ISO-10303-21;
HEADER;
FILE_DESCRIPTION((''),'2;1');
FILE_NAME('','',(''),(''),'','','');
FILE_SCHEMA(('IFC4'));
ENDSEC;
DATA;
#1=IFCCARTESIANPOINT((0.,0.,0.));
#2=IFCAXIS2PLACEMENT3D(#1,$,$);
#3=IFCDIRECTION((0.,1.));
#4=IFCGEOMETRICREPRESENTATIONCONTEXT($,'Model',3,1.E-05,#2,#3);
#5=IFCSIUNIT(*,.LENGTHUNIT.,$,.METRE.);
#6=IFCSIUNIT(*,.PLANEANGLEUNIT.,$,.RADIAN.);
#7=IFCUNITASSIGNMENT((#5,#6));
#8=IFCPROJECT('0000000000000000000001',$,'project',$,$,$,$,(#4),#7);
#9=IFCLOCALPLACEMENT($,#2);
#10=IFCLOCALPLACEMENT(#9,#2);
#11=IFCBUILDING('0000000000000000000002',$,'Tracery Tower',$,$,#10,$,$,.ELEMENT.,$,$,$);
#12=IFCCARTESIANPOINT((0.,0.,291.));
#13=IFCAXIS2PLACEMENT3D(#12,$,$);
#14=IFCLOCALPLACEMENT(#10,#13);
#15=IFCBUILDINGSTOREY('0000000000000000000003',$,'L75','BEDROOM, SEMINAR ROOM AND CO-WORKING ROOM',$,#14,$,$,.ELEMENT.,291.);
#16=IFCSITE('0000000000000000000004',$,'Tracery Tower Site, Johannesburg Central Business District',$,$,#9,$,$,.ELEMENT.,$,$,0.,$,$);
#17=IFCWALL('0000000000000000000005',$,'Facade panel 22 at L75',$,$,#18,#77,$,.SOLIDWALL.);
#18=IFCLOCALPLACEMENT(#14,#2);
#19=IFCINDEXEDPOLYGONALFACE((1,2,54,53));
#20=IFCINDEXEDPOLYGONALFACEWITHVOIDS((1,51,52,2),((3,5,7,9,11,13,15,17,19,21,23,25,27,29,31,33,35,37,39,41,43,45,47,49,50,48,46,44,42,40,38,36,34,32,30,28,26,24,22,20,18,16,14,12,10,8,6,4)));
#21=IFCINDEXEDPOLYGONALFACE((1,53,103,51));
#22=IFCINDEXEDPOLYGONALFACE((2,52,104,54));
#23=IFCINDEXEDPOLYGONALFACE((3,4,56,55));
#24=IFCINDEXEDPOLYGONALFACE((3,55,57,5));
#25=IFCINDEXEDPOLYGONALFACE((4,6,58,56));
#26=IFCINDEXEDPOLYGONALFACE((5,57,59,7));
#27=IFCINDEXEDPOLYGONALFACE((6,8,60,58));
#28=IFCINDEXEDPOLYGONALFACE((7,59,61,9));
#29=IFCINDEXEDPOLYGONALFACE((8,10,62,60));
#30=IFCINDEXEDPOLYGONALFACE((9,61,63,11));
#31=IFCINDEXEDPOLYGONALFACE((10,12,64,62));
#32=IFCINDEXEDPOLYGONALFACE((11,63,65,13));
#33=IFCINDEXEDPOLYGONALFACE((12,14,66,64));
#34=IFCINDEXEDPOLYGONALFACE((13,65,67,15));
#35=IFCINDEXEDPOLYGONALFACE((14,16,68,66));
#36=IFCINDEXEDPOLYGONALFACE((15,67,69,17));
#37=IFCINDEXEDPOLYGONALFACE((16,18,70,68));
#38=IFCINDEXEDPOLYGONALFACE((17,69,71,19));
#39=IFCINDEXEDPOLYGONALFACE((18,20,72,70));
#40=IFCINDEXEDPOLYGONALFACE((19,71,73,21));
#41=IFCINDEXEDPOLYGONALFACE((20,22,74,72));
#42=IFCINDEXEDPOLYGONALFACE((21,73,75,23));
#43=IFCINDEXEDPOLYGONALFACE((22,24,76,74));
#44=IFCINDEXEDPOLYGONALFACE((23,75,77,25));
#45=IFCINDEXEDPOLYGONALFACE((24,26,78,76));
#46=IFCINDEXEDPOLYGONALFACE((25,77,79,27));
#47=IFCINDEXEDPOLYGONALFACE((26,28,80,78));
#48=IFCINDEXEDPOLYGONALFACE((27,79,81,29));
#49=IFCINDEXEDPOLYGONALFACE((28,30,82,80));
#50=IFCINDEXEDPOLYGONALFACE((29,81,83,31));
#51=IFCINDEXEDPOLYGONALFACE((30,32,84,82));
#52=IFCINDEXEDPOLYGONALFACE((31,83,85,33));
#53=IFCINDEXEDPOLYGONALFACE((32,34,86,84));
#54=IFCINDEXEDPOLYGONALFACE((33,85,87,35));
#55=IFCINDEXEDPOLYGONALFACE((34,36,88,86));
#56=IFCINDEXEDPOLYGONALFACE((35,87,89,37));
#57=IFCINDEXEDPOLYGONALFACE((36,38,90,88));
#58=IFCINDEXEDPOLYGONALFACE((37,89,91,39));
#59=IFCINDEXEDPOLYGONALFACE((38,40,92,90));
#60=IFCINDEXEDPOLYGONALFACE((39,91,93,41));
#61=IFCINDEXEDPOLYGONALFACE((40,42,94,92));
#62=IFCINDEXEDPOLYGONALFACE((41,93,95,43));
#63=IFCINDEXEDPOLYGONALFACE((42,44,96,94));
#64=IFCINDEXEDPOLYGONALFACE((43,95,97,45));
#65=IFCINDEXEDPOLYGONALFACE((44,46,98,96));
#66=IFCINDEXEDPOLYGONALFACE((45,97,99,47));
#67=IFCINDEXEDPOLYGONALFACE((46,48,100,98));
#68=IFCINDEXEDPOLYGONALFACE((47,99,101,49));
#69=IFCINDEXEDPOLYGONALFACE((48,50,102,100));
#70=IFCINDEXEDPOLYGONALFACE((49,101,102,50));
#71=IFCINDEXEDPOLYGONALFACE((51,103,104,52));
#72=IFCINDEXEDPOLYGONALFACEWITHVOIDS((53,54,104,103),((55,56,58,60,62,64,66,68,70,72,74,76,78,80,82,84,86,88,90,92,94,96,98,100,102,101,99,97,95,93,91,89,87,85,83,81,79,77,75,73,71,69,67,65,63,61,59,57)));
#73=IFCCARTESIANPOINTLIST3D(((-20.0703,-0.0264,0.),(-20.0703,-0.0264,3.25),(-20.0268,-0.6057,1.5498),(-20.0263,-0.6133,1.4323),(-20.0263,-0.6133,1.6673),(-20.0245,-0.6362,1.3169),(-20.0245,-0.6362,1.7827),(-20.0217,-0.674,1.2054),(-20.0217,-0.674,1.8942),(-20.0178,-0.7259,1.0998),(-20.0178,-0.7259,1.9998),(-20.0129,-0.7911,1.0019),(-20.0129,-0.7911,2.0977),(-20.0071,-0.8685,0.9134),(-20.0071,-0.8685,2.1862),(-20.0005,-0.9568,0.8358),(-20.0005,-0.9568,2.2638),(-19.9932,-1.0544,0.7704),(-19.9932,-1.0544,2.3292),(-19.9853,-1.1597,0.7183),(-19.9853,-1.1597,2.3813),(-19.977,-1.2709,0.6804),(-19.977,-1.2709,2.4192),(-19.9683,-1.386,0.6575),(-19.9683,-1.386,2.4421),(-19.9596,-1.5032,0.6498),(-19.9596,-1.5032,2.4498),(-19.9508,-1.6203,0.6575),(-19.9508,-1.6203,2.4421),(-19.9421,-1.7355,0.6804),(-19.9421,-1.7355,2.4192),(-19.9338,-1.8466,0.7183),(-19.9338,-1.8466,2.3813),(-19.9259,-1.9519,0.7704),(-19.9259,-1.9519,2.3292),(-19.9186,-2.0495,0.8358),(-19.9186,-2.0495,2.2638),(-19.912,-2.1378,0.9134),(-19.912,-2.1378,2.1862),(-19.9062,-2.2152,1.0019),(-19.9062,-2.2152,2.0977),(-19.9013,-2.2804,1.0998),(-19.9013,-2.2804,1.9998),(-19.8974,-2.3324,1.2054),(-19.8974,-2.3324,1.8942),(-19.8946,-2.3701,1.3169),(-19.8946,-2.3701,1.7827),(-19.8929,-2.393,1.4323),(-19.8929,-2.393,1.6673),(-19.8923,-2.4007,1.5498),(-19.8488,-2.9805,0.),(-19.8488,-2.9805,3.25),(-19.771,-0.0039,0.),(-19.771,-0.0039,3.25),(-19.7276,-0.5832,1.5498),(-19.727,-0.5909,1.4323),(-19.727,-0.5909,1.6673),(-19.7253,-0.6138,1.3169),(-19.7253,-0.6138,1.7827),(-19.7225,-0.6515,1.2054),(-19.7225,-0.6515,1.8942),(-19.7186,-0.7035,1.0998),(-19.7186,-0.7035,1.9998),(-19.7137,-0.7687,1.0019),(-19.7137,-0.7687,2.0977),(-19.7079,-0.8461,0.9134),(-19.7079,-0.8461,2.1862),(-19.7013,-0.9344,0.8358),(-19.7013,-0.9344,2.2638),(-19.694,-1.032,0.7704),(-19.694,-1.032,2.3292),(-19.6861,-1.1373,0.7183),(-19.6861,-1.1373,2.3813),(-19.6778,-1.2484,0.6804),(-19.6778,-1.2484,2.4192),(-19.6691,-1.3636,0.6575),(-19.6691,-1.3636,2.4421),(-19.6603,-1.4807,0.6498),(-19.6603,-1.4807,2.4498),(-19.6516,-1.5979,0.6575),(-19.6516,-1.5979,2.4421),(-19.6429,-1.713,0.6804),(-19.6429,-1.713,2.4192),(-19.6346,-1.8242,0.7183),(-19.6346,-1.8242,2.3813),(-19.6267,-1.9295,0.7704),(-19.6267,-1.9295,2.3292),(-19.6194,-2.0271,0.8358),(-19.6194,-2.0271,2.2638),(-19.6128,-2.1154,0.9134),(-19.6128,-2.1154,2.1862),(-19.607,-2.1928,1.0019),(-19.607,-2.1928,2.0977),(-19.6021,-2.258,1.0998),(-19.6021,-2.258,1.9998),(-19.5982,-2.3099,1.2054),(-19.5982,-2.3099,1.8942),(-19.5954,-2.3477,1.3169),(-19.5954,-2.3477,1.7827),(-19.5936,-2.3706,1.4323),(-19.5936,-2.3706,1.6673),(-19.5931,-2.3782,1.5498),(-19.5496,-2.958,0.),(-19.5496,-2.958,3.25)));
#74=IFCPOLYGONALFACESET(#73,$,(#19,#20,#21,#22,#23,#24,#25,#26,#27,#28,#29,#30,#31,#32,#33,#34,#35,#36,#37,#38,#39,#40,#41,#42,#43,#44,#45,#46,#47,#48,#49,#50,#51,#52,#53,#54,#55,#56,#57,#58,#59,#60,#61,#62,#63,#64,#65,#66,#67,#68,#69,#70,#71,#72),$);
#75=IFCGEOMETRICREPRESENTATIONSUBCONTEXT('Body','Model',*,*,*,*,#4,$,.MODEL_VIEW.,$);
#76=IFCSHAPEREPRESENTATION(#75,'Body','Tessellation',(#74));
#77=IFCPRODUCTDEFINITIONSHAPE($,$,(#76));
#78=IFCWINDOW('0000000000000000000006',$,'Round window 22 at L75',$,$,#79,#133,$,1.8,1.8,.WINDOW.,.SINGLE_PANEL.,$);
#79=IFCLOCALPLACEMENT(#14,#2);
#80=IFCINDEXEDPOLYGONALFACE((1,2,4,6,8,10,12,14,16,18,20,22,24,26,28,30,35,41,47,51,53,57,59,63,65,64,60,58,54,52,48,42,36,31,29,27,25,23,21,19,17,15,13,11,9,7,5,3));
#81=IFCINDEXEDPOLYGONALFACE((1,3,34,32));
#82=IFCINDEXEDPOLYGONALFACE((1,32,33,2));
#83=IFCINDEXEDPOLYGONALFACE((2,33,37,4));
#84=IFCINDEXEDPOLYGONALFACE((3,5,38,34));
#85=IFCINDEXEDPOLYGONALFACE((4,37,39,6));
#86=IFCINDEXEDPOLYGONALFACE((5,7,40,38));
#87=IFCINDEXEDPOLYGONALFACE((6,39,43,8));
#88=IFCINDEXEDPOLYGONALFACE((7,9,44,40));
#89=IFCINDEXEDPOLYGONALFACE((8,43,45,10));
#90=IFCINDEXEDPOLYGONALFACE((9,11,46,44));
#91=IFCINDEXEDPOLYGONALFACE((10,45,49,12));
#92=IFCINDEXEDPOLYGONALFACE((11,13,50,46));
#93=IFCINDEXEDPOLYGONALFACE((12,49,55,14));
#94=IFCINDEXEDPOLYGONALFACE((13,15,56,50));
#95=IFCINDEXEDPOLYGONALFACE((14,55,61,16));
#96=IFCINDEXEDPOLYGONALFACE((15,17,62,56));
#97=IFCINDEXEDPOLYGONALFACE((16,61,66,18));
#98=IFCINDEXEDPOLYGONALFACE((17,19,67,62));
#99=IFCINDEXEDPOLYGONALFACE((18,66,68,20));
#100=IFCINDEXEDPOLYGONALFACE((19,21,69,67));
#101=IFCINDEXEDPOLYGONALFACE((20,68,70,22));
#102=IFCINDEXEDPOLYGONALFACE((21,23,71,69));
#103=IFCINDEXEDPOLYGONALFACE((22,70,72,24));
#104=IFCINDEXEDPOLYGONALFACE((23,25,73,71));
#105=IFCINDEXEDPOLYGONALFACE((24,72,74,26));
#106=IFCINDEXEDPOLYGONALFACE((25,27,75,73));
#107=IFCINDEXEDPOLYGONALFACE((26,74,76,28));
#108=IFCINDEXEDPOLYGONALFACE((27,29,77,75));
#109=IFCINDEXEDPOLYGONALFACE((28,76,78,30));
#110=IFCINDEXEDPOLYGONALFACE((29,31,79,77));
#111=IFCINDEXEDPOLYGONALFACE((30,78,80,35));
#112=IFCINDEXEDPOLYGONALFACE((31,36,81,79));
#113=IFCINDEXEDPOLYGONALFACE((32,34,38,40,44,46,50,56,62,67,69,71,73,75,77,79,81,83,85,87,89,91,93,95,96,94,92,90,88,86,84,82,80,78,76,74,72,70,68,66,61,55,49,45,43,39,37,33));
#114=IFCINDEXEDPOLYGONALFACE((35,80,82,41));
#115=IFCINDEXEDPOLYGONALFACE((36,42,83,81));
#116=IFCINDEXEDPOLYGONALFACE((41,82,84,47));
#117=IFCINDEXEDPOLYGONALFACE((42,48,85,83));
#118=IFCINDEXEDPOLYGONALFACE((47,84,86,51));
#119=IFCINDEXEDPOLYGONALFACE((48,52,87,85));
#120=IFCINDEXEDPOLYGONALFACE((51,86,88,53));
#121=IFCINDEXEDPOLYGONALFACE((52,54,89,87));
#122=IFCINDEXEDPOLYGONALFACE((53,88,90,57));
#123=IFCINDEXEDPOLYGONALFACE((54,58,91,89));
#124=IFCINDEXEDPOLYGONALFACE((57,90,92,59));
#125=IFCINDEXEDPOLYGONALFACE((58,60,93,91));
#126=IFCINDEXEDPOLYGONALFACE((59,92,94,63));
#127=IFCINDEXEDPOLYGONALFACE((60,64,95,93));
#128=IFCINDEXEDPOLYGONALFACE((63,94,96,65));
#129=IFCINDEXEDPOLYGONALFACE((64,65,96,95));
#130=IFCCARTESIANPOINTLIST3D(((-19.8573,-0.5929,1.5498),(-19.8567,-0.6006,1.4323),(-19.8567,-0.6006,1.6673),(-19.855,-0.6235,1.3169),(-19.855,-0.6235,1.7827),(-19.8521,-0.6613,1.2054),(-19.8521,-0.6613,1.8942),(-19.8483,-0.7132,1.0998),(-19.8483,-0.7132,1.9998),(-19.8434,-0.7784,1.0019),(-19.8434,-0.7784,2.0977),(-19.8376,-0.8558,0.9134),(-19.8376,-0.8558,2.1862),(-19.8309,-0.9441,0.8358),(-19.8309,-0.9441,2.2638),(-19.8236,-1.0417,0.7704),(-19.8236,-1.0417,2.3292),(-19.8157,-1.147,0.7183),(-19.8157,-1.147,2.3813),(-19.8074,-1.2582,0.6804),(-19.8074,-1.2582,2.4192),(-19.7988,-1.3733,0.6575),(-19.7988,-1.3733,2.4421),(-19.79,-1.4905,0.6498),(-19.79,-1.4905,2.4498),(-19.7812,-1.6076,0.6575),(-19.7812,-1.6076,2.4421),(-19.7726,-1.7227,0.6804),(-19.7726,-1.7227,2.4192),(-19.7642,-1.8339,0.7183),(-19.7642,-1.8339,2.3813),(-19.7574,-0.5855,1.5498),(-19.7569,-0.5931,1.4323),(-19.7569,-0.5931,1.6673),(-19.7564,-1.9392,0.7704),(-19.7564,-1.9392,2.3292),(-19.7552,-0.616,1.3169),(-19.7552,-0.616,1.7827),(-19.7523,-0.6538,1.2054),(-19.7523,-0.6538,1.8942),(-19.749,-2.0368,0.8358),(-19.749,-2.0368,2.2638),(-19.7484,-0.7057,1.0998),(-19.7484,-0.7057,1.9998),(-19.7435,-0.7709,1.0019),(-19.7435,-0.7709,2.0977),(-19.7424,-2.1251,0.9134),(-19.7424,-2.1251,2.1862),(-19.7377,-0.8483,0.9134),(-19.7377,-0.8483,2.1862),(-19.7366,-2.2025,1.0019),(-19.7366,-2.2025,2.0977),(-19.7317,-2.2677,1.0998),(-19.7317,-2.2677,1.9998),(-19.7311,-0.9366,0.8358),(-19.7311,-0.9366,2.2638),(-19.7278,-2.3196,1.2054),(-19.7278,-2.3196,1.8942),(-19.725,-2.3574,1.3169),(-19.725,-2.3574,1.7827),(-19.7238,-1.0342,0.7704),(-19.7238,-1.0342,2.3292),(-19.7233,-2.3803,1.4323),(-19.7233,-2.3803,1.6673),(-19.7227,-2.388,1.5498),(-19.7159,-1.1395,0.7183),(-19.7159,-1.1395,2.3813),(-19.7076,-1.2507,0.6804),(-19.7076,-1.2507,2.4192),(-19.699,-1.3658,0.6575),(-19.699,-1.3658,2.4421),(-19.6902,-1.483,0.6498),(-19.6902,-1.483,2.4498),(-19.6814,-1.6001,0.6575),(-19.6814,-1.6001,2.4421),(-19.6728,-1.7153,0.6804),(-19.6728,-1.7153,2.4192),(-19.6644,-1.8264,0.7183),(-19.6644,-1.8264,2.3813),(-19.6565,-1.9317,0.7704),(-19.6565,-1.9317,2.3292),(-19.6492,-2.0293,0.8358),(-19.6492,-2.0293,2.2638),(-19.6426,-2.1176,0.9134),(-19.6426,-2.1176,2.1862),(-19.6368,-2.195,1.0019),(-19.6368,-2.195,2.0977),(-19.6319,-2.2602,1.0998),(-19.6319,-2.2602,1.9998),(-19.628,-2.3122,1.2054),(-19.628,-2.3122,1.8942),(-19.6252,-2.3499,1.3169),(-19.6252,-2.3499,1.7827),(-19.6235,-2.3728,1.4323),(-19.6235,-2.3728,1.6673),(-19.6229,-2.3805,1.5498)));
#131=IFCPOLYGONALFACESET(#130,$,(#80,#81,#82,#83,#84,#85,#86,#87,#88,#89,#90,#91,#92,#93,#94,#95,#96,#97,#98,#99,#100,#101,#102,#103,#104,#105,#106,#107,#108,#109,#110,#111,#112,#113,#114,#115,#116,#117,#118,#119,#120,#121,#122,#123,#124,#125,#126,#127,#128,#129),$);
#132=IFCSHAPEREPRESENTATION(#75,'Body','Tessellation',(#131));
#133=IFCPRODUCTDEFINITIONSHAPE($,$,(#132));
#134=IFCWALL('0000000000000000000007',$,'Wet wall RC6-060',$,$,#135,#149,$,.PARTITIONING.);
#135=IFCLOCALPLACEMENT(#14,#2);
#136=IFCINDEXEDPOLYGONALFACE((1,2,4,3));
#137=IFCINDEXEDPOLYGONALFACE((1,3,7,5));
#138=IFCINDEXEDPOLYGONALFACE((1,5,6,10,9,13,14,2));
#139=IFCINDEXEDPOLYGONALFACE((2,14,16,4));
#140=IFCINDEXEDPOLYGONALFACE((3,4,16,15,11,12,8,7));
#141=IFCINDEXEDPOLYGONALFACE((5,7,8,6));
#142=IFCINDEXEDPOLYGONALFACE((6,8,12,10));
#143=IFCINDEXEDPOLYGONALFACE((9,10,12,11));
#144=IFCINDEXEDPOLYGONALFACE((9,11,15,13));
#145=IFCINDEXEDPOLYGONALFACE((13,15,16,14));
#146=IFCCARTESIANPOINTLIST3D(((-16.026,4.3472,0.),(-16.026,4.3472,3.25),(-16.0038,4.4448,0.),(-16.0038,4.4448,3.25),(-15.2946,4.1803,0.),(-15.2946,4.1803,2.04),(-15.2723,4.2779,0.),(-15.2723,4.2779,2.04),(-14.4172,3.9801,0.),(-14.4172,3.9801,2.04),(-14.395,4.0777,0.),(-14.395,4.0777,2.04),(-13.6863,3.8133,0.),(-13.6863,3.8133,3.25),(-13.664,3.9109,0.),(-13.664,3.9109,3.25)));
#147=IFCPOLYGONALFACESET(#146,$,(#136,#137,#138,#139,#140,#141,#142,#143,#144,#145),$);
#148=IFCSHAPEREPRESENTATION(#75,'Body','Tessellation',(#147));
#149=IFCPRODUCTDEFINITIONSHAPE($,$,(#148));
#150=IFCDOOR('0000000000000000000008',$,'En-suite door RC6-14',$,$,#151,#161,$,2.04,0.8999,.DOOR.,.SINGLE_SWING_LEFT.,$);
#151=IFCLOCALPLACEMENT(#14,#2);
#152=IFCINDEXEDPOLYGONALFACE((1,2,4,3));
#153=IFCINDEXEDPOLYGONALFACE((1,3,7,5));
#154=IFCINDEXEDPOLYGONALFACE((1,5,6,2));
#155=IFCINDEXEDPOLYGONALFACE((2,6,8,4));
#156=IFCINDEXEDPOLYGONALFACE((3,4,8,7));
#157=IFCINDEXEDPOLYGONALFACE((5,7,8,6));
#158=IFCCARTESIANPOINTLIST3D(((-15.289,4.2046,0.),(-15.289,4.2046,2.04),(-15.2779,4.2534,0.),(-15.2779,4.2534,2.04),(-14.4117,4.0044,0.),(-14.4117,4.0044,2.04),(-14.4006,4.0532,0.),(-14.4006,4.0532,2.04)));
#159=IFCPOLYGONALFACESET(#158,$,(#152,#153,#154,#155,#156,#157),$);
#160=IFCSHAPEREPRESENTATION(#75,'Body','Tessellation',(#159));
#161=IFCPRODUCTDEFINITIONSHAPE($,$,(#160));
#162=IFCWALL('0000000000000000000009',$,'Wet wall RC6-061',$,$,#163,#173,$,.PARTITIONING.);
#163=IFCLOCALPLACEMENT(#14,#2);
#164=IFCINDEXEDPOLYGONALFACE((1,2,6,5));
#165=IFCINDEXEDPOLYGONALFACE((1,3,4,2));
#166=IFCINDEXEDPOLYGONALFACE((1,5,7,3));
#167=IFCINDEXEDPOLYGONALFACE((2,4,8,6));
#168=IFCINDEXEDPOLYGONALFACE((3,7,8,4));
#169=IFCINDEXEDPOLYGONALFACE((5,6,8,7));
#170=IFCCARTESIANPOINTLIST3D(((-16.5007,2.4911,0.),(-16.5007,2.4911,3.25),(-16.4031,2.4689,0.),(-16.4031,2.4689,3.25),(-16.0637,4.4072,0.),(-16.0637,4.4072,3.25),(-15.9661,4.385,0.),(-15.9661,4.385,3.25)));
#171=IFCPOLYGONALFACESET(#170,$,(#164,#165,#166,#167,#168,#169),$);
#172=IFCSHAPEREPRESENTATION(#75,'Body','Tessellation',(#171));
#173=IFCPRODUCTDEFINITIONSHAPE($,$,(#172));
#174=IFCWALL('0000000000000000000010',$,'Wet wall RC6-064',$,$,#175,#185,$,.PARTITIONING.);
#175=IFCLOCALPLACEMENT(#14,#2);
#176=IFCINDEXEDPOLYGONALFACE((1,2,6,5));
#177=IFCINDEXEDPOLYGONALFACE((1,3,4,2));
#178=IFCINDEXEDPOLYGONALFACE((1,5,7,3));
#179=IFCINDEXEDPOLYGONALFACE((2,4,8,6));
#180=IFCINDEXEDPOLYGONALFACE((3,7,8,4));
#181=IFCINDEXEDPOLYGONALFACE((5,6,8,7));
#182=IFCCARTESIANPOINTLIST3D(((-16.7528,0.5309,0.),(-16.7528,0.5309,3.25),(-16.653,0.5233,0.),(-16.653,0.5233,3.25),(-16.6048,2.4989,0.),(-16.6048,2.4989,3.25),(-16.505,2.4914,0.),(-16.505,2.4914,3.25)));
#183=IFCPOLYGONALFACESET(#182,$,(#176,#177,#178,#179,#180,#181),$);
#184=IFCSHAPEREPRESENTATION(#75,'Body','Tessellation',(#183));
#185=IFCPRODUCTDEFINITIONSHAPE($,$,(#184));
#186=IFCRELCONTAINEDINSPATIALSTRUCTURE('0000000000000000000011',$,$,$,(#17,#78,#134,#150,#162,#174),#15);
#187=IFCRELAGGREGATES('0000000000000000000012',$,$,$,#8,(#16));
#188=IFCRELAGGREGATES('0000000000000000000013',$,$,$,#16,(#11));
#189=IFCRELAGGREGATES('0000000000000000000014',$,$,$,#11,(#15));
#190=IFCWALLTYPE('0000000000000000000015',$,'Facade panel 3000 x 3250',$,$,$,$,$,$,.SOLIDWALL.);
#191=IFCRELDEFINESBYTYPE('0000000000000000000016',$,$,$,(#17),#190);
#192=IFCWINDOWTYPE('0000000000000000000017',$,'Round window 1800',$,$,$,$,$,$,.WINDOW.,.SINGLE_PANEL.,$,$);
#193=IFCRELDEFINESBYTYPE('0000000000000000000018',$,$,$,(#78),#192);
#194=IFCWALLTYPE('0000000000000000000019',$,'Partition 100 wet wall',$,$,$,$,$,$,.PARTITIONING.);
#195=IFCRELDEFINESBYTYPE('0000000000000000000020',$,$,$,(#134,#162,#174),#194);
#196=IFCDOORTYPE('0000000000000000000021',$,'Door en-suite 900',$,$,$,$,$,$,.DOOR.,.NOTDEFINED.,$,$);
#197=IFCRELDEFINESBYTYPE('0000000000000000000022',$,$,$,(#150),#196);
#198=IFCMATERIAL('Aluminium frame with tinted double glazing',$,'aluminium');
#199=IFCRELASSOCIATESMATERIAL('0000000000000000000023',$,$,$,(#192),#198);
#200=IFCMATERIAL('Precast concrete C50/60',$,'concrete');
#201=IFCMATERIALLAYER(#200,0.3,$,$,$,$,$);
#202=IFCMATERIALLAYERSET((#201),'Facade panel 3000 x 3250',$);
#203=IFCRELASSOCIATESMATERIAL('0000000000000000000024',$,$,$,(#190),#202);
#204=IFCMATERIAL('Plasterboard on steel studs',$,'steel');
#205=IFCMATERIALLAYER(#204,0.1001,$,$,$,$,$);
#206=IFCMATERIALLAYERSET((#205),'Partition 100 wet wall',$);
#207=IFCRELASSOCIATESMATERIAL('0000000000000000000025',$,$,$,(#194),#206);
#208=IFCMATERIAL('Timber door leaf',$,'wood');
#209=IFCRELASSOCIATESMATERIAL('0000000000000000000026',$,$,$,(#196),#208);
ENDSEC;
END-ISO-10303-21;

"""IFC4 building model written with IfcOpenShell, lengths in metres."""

from ifc_helpers import new_model, si_unit, direction, frame, frame_2d, origin, origin_2d, place, context, subcontext, project, spatial, rectangle, circle, extrude, material, layer, layer_set, type_object, element, fill, save


model = new_model("IFC4")

# Units and contexts
model_context = context("Model", 3, precision=1e-05, world=origin(), true_north=direction((0.0, 1.0)))
body_context = subcontext(model_context, "Body", "Model", "MODEL_VIEW")
ifc_project = project(units=[si_unit("LENGTHUNIT", "METRE"), si_unit("PLANEANGLEUNIT", "RADIAN")], contexts=[model_context])

# Site, building, storey
site_placement = place(None, origin())
site = spatial("IfcSite", under=ifc_project, at=site_placement, Name="Tracery Tower Site, Johannesburg Central Business District", CompositionType="ELEMENT", RefElevation=0.0)
building_placement = place(site_placement, origin())
building = spatial("IfcBuilding", under=site, at=building_placement, Name="Tracery Tower", CompositionType="ELEMENT")
storey_placement = place(building_placement, frame((0.0, 0.0, 291.0)))
storey = spatial("IfcBuildingStorey", under=building, at=storey_placement, Name="L75", Description="BEDROOM, SEMINAR ROOM AND CO-WORKING ROOM", CompositionType="ELEMENT", Elevation=291.0)

# Wall, opening, window
ifc_material_1 = material(Name="Aluminium frame with tinted double glazing", Category="aluminium")
window_type = type_object("IfcWindowType", Name="Round window 1800", PartitioningType="SINGLE_PANEL", PredefinedType="WINDOW", material=ifc_material_1)
ifc_material_2 = material(Name="Precast concrete C50/60", Category="concrete")
ifc_layer_1 = layer(ifc_material_2, 0.3)
ifc_layer_set_1 = layer_set([ifc_layer_1], Name="Facade panel 3000 x 3250")
wall_type_1 = type_object("IfcWallType", Name="Facade panel 3000 x 3250", PredefinedType="SOLIDWALL", material=ifc_layer_set_1)
wall_1_placement = place(storey_placement, frame((-19.9207, -0.0151, 0.0), z_axis=(0.0, 0.0, 1.0), x_axis=(0.074749, -0.997202, 0.0)))
wall_1 = element("IfcWall", 1, at=wall_1_placement, inside=storey, type_object=wall_type_1, Name="Facade panel 22 at L75", PredefinedType="SOLIDWALL", context=body_context, shape_type="SweptSolid", body=[
    extrude(rectangle(XDim=2.9624, YDim=0.3, at=frame_2d((1.4812, 0.0))), origin(), (0.0, 0.0, 1.0), 3.25),
])
opening_1_placement = place(wall_1_placement, frame((1.481, 0.0, 1.5498)))
opening_1 = element("IfcOpeningElement", 2, at=opening_1_placement, cuts=wall_1, PredefinedType="OPENING", context=body_context, shape_type="SweptSolid", body=[
    extrude(circle(Radius=0.9, at=origin_2d()), frame((0.0, 0.1599, 0.0), z_axis=(0.0, -1.0, 0.0), x_axis=(1.0, 0.0, 0.0)), (0.0, 0.0, 1.0), 0.3201),
])
window_1_placement = place(opening_1_placement, origin())
window_1 = element("IfcWindow", 3, at=window_1_placement, inside=storey, type_object=window_type, Name="Round window 22 at L75", OverallHeight=1.8, OverallWidth=1.8, PartitioningType="SINGLE_PANEL", PredefinedType="WINDOW", context=body_context, shape_type="SweptSolid", body=[
    extrude(circle(Radius=0.9, at=origin_2d()), frame((0.0, 0.1201, 0.0), z_axis=(0.0, -1.0, 0.0), x_axis=(1.0, 0.0, 0.0)), (0.0, 0.0, 1.0), 0.1001),
])
fill(opening_1, window_1)

# Wall, opening, door
ifc_material_3 = material(Name="Plasterboard on steel studs", Category="steel")
ifc_layer_2 = layer(ifc_material_3, 0.1001)
ifc_layer_set_2 = layer_set([ifc_layer_2], Name="Partition 100 wet wall")
wall_type_2 = type_object("IfcWallType", Name="Partition 100 wet wall", PredefinedType="PARTITIONING", material=ifc_layer_set_2)
wall_2_placement = place(storey_placement, frame((-16.0149, 4.396, 0.0), z_axis=(0.0, 0.0, 1.0), x_axis=(0.974939, -0.222474, 0.0)))
wall_2 = element("IfcWall", 4, at=wall_2_placement, inside=storey, type_object=wall_type_2, Name="Wet wall RC6-060", PredefinedType="PARTITIONING", context=body_context, shape_type="SweptSolid", body=[
    extrude(rectangle(XDim=2.3999, YDim=0.1001, at=frame_2d((1.2, 0.0))), origin(), (0.0, 0.0, 1.0), 3.25),
])
opening_2_placement = place(wall_2_placement, frame((0.7502, 0.0, 0.0)))
opening_2 = element("IfcOpeningElement", 5, at=opening_2_placement, cuts=wall_2, PredefinedType="OPENING", context=body_context, shape_type="SweptSolid", body=[
    extrude(rectangle(XDim=0.8999, YDim=2.04, at=frame_2d((0.45, 1.02))), frame((0.0, 0.05, 0.0), z_axis=(0.0, -1.0, 0.0), x_axis=(1.0, 0.0, 0.0)), (0.0, 0.0, 1.0), 0.1001),
])
ifc_material_4 = material(Name="Timber door leaf", Category="wood")
door_type = type_object("IfcDoorType", Name="Door en-suite 900", OperationType="NOTDEFINED", PredefinedType="DOOR", material=ifc_material_4)
door_1_placement = place(opening_2_placement, origin())
door_1 = element("IfcDoor", 6, at=door_1_placement, inside=storey, type_object=door_type, Name="En-suite door RC6-14", OperationType="SINGLE_SWING_LEFT", OverallHeight=2.04, OverallWidth=0.8999, PredefinedType="DOOR", context=body_context, shape_type="SweptSolid", body=[
    extrude(rectangle(XDim=0.8999, YDim=2.04, at=frame_2d((0.45, 1.02))), frame((0.0, 0.0249, 0.0), z_axis=(0.0, -1.0, 0.0), x_axis=(1.0, 0.0, 0.0)), (0.0, 0.0, 1.0), 0.05),
])
fill(opening_2, door_1)

# Walls
wall_3_placement = place(storey_placement, frame((-16.4519, 2.48, 0.0), z_axis=(0.0, 0.0, 1.0), x_axis=(0.222373, 0.974962, 0.0)))
element("IfcWall", 7, at=wall_3_placement, inside=storey, type_object=wall_type_2, Name="Wet wall RC6-061", PredefinedType="PARTITIONING", context=body_context, shape_type="SweptSolid", body=[
    extrude(rectangle(XDim=1.9653, YDim=0.1001, at=frame_2d((0.9827, 0.0))), origin(), (0.0, 0.0, 1.0), 3.25),
])
wall_4_placement = place(storey_placement, frame((-16.7029, 0.5271, 0.0), z_axis=(0.0, 0.0, 1.0), x_axis=(0.074965, 0.997186, 0.0)))
element("IfcWall", 8, at=wall_4_placement, inside=storey, type_object=wall_type_2, Name="Wet wall RC6-064", PredefinedType="PARTITIONING", context=body_context, shape_type="SweptSolid", body=[
    extrude(rectangle(XDim=1.9736, YDim=0.1001, at=frame_2d((0.9868, 0.0))), origin(), (0.0, 0.0, 1.0), 3.25),
])

save(model, "model.ifc")
